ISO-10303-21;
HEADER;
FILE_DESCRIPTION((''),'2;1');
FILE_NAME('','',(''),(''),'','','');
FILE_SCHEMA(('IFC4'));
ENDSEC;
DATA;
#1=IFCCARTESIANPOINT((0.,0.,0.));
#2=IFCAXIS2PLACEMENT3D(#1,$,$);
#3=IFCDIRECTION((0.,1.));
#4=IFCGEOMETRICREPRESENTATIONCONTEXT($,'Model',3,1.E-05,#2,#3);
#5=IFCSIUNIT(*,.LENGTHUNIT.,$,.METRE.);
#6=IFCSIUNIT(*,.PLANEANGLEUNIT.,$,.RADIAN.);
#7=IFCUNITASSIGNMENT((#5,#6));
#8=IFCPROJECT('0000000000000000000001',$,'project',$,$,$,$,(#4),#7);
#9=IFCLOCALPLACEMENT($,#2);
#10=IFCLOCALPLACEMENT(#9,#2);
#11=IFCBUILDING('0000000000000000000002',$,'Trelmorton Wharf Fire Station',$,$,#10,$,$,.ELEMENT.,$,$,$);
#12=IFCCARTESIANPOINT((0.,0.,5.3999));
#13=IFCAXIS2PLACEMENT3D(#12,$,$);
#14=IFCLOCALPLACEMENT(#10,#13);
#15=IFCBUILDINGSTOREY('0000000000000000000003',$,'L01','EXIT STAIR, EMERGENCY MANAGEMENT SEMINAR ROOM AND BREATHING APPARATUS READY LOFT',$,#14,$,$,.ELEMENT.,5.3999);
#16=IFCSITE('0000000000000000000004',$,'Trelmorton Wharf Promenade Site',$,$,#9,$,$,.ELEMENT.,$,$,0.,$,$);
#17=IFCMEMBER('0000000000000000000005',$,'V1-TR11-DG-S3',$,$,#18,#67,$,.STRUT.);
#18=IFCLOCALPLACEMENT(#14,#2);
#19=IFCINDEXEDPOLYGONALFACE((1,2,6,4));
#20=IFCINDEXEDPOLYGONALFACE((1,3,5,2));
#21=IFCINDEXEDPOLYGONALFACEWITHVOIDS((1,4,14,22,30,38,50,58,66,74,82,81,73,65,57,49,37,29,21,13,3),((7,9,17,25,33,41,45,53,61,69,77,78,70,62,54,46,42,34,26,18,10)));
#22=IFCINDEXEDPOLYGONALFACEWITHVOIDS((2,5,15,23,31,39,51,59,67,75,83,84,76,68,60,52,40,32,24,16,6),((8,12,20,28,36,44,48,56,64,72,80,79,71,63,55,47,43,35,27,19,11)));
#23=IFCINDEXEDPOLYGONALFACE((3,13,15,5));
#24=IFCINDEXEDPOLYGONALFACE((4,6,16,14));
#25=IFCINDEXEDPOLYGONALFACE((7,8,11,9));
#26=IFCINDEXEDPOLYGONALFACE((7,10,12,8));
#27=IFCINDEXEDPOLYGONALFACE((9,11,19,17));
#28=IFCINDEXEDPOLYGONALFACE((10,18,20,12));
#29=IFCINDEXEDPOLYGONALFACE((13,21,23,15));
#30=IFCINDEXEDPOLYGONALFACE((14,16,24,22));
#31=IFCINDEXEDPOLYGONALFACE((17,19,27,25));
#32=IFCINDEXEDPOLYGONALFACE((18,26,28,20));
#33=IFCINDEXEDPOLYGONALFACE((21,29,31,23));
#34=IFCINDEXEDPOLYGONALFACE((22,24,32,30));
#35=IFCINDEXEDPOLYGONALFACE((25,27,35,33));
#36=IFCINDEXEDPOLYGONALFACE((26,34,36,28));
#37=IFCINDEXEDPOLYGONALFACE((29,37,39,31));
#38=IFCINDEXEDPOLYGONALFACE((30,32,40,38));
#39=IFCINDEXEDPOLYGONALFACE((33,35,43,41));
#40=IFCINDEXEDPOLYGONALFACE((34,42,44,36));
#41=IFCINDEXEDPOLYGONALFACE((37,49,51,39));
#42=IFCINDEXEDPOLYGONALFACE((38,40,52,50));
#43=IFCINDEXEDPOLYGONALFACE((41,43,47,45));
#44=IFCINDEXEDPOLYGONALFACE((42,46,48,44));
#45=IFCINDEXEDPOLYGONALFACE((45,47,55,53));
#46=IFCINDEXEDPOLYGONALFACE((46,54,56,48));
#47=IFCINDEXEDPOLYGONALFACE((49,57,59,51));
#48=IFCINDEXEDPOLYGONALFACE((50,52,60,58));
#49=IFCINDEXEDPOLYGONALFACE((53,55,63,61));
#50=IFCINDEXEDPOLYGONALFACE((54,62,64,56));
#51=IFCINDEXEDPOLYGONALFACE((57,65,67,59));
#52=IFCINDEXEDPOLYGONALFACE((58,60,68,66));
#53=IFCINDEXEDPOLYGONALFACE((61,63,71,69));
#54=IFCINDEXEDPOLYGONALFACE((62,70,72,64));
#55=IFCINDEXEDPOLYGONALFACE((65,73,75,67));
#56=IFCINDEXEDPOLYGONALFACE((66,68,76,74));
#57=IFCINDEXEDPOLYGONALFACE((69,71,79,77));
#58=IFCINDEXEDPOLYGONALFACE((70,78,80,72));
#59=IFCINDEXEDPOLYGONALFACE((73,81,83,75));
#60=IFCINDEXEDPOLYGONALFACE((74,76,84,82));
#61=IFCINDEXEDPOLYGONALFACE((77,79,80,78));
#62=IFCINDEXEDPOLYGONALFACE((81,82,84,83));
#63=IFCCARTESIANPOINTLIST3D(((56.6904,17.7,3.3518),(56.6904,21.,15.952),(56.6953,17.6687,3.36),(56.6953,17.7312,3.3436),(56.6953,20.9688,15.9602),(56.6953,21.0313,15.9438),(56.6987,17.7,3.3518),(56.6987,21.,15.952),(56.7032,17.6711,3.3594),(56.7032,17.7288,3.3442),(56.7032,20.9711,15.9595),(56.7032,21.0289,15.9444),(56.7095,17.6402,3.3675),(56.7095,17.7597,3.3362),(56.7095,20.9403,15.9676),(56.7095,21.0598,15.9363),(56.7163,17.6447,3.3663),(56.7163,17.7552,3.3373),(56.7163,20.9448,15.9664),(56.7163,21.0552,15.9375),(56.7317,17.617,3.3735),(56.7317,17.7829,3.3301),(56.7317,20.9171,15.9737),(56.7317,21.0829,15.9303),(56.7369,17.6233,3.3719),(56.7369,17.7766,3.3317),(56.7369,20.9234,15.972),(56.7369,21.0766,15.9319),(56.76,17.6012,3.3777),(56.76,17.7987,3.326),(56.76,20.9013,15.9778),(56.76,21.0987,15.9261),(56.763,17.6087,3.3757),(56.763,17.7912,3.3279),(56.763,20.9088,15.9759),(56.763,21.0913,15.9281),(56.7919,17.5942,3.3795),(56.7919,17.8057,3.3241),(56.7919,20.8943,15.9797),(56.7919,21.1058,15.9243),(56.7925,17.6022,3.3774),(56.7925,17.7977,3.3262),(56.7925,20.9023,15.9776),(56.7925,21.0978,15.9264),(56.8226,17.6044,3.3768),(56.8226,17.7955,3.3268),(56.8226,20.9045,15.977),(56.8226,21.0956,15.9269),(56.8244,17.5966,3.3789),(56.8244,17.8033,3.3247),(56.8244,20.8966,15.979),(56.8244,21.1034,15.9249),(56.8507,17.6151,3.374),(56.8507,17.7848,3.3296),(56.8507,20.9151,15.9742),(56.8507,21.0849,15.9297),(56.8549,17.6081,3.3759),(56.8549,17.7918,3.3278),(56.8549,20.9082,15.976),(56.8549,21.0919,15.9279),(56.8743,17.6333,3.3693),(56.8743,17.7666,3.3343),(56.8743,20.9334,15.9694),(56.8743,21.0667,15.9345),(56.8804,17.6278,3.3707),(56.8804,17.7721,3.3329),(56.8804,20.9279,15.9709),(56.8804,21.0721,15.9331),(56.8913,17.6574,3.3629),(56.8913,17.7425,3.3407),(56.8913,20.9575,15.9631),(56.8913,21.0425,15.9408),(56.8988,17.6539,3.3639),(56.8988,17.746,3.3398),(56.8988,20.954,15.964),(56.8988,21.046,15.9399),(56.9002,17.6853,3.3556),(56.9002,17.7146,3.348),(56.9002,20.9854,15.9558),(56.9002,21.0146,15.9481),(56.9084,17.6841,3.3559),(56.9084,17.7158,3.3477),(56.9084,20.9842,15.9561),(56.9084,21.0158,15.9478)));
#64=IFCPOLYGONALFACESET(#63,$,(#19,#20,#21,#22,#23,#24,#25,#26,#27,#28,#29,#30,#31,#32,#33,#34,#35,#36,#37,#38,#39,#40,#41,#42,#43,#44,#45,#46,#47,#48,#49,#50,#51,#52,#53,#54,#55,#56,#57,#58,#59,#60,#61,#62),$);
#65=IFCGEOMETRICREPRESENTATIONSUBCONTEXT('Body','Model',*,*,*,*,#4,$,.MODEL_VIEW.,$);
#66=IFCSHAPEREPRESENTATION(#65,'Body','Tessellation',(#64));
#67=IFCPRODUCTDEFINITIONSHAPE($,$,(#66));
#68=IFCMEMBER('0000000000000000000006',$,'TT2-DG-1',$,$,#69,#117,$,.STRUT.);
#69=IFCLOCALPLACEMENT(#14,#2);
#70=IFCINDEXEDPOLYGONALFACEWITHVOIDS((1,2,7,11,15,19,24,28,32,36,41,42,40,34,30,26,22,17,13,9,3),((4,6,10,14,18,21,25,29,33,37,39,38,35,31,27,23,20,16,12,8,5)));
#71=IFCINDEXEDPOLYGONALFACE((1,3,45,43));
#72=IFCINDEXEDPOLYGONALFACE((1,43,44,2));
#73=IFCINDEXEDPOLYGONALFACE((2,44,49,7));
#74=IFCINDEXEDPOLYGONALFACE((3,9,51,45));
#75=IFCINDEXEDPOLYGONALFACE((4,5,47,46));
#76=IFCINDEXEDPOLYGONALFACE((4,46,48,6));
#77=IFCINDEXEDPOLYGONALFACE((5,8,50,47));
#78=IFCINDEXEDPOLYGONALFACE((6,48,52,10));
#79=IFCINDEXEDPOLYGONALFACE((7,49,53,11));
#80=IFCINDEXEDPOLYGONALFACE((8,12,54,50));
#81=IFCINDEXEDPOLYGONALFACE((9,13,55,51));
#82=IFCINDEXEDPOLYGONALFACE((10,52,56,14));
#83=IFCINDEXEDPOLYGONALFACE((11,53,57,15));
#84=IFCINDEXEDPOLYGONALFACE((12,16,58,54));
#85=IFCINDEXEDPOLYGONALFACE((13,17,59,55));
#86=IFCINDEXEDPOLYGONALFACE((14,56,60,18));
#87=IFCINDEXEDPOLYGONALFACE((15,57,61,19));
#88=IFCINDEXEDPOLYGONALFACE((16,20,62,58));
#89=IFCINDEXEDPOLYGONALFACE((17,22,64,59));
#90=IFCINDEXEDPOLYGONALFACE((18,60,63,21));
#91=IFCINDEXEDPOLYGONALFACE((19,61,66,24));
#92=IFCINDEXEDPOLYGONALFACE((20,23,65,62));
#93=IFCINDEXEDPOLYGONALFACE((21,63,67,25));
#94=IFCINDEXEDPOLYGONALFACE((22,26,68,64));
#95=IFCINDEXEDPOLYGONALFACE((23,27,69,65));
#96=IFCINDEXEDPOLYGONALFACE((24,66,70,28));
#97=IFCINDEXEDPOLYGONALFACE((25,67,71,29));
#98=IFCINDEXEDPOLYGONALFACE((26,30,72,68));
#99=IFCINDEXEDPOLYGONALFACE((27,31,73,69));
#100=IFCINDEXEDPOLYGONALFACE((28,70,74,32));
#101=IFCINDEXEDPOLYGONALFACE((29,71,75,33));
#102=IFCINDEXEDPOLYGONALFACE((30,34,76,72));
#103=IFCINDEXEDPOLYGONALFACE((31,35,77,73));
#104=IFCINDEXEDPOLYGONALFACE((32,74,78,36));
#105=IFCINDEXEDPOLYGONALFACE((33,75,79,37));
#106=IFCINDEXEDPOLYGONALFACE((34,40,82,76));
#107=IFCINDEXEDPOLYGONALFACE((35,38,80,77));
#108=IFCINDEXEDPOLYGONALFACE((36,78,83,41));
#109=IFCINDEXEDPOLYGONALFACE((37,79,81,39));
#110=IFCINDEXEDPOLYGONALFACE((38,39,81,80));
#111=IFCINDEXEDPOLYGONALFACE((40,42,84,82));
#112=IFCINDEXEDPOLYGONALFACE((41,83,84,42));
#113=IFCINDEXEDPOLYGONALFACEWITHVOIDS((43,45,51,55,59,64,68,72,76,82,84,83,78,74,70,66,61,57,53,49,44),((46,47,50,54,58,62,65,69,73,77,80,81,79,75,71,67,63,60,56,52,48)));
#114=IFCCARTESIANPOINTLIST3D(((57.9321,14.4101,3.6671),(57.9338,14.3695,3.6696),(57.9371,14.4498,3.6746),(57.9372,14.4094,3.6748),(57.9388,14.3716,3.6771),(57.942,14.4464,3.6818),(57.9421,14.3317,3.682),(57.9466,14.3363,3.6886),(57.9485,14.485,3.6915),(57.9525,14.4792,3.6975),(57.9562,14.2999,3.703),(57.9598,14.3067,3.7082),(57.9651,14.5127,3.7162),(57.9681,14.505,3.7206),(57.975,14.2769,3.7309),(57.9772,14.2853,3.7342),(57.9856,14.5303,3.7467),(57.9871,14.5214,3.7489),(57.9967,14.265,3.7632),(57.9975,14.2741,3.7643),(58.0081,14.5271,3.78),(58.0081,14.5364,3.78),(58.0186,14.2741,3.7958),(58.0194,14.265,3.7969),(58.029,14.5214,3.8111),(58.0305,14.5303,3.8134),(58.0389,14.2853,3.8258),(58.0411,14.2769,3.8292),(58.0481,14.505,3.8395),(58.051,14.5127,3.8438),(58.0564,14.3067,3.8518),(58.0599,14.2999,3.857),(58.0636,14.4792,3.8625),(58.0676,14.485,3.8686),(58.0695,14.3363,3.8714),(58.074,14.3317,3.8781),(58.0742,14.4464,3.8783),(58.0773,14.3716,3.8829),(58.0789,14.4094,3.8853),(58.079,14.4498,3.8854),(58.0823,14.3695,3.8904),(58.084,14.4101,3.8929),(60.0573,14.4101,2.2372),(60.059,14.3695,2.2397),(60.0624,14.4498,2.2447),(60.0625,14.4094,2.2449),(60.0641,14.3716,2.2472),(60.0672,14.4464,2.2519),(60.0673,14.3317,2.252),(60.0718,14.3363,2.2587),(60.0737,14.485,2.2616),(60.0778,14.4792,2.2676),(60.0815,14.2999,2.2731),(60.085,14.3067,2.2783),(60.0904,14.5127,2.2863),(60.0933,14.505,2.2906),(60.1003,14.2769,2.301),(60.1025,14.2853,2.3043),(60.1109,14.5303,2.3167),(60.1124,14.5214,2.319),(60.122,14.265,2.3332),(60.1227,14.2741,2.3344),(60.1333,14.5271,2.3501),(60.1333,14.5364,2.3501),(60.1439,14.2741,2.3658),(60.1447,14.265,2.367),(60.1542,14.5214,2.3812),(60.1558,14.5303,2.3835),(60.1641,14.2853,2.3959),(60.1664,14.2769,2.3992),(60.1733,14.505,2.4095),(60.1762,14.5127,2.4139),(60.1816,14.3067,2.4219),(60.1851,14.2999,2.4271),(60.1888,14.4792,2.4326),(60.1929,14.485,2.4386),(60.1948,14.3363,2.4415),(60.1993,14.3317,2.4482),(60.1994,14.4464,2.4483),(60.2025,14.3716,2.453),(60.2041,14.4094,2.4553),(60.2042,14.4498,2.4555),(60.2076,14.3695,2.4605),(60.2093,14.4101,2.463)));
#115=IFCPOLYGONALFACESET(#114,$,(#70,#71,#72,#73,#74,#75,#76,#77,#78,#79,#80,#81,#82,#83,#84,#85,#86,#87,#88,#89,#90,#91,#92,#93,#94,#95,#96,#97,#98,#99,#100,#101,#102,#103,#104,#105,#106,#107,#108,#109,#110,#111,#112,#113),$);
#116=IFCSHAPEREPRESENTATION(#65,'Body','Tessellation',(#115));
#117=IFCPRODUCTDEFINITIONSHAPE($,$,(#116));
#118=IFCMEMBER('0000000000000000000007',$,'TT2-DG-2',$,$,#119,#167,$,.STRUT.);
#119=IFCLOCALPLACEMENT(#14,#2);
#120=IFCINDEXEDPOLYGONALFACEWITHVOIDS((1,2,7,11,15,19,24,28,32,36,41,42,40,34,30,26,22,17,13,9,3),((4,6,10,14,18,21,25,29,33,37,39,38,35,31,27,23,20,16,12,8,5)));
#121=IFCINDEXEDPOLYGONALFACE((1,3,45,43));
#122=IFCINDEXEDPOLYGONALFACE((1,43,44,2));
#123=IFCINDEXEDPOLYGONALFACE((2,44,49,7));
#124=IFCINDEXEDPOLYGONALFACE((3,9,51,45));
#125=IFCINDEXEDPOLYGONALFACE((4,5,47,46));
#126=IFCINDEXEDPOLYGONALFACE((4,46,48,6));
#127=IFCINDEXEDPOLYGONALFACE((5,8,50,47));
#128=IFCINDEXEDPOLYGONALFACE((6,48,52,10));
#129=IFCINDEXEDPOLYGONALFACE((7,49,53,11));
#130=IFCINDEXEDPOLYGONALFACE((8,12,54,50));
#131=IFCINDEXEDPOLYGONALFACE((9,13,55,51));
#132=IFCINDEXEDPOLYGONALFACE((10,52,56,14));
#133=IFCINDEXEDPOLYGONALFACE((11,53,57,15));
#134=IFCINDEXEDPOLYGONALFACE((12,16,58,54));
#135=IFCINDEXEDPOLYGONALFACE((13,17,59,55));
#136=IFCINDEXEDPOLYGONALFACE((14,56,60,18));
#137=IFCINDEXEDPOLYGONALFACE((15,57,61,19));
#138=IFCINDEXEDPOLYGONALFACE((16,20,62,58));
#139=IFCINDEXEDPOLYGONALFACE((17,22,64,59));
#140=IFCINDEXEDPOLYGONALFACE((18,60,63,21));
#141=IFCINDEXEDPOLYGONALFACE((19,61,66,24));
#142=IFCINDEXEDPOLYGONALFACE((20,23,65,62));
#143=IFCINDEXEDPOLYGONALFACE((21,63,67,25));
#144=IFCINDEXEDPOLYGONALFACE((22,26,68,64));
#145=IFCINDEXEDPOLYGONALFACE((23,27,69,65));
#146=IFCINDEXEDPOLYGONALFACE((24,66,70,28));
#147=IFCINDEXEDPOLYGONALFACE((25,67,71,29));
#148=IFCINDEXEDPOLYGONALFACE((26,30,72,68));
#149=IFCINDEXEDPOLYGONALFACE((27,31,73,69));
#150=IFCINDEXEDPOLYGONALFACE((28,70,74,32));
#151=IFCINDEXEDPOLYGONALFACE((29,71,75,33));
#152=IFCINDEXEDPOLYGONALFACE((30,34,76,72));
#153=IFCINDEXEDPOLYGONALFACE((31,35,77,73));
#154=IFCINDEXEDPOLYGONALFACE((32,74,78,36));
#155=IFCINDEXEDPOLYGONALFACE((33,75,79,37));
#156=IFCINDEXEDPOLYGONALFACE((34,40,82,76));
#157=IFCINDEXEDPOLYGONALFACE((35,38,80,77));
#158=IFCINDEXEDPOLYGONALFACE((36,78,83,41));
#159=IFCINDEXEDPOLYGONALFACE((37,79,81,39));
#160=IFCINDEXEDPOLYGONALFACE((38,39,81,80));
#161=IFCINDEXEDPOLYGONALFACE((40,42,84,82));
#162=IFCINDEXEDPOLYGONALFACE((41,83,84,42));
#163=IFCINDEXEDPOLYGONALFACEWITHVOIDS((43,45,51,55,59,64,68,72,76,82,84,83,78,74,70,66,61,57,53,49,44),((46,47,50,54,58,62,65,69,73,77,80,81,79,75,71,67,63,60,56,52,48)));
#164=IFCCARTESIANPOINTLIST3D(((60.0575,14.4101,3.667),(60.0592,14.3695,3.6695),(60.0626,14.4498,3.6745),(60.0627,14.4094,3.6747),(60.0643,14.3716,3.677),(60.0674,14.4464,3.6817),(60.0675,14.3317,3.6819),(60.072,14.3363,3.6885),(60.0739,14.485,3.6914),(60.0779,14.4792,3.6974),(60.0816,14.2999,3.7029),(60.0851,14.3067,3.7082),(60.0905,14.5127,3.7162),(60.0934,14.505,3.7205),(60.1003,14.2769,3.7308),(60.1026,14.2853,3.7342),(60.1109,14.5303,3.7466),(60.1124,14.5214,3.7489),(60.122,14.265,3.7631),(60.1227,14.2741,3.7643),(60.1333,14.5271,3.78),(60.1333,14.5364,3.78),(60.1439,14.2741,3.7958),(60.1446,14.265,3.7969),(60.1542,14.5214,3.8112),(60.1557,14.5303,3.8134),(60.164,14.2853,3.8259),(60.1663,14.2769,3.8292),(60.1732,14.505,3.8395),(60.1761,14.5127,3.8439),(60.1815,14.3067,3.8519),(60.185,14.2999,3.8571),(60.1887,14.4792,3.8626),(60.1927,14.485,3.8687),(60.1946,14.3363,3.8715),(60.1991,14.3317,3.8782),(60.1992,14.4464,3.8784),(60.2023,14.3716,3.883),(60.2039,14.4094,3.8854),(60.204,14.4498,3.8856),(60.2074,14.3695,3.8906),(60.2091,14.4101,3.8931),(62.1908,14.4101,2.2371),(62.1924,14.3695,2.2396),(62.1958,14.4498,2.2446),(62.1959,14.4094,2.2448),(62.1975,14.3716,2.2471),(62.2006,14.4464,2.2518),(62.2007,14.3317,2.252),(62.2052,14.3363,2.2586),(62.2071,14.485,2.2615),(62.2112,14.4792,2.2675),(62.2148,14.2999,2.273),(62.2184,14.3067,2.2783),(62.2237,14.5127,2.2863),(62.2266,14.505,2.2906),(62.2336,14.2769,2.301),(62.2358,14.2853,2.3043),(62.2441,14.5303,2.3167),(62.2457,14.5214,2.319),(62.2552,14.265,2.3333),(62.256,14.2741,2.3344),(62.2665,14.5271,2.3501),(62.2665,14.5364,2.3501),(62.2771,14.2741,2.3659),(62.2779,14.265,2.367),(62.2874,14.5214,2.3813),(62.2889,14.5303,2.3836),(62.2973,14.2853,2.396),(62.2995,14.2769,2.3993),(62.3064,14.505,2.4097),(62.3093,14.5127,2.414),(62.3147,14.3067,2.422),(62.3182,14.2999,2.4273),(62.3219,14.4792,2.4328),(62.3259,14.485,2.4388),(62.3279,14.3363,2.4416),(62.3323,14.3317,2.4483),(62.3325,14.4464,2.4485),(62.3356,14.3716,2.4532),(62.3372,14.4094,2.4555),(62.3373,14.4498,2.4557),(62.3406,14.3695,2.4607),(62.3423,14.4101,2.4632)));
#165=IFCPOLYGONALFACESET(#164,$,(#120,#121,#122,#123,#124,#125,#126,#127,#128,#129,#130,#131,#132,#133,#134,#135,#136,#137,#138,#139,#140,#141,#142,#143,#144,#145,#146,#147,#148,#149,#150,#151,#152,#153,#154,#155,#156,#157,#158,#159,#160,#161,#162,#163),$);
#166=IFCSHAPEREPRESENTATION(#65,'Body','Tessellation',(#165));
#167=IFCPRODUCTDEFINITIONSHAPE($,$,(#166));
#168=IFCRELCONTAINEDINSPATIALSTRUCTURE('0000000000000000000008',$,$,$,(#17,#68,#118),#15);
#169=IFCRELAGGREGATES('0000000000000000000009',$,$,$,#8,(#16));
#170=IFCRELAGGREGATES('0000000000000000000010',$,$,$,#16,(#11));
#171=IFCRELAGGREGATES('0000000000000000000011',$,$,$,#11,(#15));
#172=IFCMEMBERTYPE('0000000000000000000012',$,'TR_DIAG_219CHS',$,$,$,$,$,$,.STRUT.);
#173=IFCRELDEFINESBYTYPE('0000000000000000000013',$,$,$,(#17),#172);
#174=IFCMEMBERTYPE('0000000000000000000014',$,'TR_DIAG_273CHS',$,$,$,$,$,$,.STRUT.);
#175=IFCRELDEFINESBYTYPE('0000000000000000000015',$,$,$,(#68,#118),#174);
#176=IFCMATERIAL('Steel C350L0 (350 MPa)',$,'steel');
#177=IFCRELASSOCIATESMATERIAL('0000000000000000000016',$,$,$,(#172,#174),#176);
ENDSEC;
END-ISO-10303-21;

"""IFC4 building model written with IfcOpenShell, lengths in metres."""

from ifc_helpers import new_model, si_unit, direction, frame, origin, origin_2d, place, context, subcontext, project, spatial, hollow_circle, extrude, material, material_profile, profile_set, type_object, element, save


model = new_model("IFC4")

# Units and contexts
model_context = context("Model", 3, precision=1e-05, world=origin(), true_north=direction((0.0, 1.0)))
body_context = subcontext(model_context, "Body", "Model", "MODEL_VIEW")
ifc_project = project(units=[si_unit("LENGTHUNIT", "METRE"), si_unit("PLANEANGLEUNIT", "RADIAN")], contexts=[model_context])

# Site, building, storey
site_placement = place(None, origin())
site = spatial("IfcSite", under=ifc_project, at=site_placement, Name="Trelmorton Wharf Promenade Site", CompositionType="ELEMENT", RefElevation=0.0)
building_placement = place(site_placement, origin())
building = spatial("IfcBuilding", under=site, at=building_placement, Name="Trelmorton Wharf Fire Station", CompositionType="ELEMENT")
storey_placement = place(building_placement, frame((0.0, 0.0, 5.3999)))
storey = spatial("IfcBuildingStorey", under=building, at=storey_placement, Name="L01", Description="EXIT STAIR, EMERGENCY MANAGEMENT SEMINAR ROOM AND BREATHING APPARATUS READY LOFT", CompositionType="ELEMENT", Elevation=5.3999)

# Members
ifc_material_1 = material(Name="Steel C350L0 (350 MPa)", Category="steel")
ifc_material_profile_1 = material_profile(ifc_material_1, hollow_circle(Radius=0.1096, WallThickness=0.0083, at=origin_2d()), Name="219.1x8.2CHS")
ifc_profile_set_1 = profile_set([ifc_material_profile_1], Name="Steel C350L0 (350 MPa)")
member_type_1 = type_object("IfcMemberType", Name="TR_DIAG_219CHS", PredefinedType="STRUT", material=ifc_profile_set_1)
member_1_placement = place(storey_placement, frame((56.8, 17.7, 3.3518), z_axis=(0.0, 0.253361, 0.967372), x_axis=(-1.0, 0.0, 0.0)))
element("IfcMember", 1, at=member_1_placement, inside=storey, type_object=member_type_1, Name="V1-TR11-DG-S3", PredefinedType="STRUT", context=body_context, shape_type="SweptSolid", body=[
    extrude(hollow_circle(Radius=0.1096, WallThickness=0.0083, at=origin_2d()), origin(), (0.0, 0.0, 1.0), 13.0251),
])
ifc_material_profile_2 = material_profile(ifc_material_1, hollow_circle(Radius=0.1365, WallThickness=0.0093, at=origin_2d()), Name="273.1x9.3CHS")
ifc_profile_set_2 = profile_set([ifc_material_profile_2], Name="Steel C350L0 (350 MPa)")
member_type_2 = type_object("IfcMemberType", Name="TR_DIAG_273CHS", PredefinedType="STRUT", material=ifc_profile_set_2)
member_2_placement = place(storey_placement, frame((58.0081, 14.3999, 3.78), z_axis=(0.829682, 0.0, -0.558236), x_axis=(0.0, 1.0, 0.0)))
element("IfcMember", 2, at=member_2_placement, inside=storey, type_object=member_type_2, Name="TT2-DG-1", PredefinedType="STRUT", context=body_context, shape_type="SweptSolid", body=[
    extrude(hollow_circle(Radius=0.1365, WallThickness=0.0093, at=origin_2d()), origin(), (0.0, 0.0, 1.0), 2.5615),
])
member_3_placement = place(storey_placement, frame((60.1333, 14.3999, 3.78), z_axis=(0.830658, 0.0, -0.556783), x_axis=(0.0, 1.0, 0.0)))
element("IfcMember", 3, at=member_3_placement, inside=storey, type_object=member_type_2, Name="TT2-DG-2", PredefinedType="STRUT", context=body_context, shape_type="SweptSolid", body=[
    extrude(hollow_circle(Radius=0.1365, WallThickness=0.0093, at=origin_2d()), origin(), (0.0, 0.0, 1.0), 2.5681),
])

save(model, "model.ifc")
